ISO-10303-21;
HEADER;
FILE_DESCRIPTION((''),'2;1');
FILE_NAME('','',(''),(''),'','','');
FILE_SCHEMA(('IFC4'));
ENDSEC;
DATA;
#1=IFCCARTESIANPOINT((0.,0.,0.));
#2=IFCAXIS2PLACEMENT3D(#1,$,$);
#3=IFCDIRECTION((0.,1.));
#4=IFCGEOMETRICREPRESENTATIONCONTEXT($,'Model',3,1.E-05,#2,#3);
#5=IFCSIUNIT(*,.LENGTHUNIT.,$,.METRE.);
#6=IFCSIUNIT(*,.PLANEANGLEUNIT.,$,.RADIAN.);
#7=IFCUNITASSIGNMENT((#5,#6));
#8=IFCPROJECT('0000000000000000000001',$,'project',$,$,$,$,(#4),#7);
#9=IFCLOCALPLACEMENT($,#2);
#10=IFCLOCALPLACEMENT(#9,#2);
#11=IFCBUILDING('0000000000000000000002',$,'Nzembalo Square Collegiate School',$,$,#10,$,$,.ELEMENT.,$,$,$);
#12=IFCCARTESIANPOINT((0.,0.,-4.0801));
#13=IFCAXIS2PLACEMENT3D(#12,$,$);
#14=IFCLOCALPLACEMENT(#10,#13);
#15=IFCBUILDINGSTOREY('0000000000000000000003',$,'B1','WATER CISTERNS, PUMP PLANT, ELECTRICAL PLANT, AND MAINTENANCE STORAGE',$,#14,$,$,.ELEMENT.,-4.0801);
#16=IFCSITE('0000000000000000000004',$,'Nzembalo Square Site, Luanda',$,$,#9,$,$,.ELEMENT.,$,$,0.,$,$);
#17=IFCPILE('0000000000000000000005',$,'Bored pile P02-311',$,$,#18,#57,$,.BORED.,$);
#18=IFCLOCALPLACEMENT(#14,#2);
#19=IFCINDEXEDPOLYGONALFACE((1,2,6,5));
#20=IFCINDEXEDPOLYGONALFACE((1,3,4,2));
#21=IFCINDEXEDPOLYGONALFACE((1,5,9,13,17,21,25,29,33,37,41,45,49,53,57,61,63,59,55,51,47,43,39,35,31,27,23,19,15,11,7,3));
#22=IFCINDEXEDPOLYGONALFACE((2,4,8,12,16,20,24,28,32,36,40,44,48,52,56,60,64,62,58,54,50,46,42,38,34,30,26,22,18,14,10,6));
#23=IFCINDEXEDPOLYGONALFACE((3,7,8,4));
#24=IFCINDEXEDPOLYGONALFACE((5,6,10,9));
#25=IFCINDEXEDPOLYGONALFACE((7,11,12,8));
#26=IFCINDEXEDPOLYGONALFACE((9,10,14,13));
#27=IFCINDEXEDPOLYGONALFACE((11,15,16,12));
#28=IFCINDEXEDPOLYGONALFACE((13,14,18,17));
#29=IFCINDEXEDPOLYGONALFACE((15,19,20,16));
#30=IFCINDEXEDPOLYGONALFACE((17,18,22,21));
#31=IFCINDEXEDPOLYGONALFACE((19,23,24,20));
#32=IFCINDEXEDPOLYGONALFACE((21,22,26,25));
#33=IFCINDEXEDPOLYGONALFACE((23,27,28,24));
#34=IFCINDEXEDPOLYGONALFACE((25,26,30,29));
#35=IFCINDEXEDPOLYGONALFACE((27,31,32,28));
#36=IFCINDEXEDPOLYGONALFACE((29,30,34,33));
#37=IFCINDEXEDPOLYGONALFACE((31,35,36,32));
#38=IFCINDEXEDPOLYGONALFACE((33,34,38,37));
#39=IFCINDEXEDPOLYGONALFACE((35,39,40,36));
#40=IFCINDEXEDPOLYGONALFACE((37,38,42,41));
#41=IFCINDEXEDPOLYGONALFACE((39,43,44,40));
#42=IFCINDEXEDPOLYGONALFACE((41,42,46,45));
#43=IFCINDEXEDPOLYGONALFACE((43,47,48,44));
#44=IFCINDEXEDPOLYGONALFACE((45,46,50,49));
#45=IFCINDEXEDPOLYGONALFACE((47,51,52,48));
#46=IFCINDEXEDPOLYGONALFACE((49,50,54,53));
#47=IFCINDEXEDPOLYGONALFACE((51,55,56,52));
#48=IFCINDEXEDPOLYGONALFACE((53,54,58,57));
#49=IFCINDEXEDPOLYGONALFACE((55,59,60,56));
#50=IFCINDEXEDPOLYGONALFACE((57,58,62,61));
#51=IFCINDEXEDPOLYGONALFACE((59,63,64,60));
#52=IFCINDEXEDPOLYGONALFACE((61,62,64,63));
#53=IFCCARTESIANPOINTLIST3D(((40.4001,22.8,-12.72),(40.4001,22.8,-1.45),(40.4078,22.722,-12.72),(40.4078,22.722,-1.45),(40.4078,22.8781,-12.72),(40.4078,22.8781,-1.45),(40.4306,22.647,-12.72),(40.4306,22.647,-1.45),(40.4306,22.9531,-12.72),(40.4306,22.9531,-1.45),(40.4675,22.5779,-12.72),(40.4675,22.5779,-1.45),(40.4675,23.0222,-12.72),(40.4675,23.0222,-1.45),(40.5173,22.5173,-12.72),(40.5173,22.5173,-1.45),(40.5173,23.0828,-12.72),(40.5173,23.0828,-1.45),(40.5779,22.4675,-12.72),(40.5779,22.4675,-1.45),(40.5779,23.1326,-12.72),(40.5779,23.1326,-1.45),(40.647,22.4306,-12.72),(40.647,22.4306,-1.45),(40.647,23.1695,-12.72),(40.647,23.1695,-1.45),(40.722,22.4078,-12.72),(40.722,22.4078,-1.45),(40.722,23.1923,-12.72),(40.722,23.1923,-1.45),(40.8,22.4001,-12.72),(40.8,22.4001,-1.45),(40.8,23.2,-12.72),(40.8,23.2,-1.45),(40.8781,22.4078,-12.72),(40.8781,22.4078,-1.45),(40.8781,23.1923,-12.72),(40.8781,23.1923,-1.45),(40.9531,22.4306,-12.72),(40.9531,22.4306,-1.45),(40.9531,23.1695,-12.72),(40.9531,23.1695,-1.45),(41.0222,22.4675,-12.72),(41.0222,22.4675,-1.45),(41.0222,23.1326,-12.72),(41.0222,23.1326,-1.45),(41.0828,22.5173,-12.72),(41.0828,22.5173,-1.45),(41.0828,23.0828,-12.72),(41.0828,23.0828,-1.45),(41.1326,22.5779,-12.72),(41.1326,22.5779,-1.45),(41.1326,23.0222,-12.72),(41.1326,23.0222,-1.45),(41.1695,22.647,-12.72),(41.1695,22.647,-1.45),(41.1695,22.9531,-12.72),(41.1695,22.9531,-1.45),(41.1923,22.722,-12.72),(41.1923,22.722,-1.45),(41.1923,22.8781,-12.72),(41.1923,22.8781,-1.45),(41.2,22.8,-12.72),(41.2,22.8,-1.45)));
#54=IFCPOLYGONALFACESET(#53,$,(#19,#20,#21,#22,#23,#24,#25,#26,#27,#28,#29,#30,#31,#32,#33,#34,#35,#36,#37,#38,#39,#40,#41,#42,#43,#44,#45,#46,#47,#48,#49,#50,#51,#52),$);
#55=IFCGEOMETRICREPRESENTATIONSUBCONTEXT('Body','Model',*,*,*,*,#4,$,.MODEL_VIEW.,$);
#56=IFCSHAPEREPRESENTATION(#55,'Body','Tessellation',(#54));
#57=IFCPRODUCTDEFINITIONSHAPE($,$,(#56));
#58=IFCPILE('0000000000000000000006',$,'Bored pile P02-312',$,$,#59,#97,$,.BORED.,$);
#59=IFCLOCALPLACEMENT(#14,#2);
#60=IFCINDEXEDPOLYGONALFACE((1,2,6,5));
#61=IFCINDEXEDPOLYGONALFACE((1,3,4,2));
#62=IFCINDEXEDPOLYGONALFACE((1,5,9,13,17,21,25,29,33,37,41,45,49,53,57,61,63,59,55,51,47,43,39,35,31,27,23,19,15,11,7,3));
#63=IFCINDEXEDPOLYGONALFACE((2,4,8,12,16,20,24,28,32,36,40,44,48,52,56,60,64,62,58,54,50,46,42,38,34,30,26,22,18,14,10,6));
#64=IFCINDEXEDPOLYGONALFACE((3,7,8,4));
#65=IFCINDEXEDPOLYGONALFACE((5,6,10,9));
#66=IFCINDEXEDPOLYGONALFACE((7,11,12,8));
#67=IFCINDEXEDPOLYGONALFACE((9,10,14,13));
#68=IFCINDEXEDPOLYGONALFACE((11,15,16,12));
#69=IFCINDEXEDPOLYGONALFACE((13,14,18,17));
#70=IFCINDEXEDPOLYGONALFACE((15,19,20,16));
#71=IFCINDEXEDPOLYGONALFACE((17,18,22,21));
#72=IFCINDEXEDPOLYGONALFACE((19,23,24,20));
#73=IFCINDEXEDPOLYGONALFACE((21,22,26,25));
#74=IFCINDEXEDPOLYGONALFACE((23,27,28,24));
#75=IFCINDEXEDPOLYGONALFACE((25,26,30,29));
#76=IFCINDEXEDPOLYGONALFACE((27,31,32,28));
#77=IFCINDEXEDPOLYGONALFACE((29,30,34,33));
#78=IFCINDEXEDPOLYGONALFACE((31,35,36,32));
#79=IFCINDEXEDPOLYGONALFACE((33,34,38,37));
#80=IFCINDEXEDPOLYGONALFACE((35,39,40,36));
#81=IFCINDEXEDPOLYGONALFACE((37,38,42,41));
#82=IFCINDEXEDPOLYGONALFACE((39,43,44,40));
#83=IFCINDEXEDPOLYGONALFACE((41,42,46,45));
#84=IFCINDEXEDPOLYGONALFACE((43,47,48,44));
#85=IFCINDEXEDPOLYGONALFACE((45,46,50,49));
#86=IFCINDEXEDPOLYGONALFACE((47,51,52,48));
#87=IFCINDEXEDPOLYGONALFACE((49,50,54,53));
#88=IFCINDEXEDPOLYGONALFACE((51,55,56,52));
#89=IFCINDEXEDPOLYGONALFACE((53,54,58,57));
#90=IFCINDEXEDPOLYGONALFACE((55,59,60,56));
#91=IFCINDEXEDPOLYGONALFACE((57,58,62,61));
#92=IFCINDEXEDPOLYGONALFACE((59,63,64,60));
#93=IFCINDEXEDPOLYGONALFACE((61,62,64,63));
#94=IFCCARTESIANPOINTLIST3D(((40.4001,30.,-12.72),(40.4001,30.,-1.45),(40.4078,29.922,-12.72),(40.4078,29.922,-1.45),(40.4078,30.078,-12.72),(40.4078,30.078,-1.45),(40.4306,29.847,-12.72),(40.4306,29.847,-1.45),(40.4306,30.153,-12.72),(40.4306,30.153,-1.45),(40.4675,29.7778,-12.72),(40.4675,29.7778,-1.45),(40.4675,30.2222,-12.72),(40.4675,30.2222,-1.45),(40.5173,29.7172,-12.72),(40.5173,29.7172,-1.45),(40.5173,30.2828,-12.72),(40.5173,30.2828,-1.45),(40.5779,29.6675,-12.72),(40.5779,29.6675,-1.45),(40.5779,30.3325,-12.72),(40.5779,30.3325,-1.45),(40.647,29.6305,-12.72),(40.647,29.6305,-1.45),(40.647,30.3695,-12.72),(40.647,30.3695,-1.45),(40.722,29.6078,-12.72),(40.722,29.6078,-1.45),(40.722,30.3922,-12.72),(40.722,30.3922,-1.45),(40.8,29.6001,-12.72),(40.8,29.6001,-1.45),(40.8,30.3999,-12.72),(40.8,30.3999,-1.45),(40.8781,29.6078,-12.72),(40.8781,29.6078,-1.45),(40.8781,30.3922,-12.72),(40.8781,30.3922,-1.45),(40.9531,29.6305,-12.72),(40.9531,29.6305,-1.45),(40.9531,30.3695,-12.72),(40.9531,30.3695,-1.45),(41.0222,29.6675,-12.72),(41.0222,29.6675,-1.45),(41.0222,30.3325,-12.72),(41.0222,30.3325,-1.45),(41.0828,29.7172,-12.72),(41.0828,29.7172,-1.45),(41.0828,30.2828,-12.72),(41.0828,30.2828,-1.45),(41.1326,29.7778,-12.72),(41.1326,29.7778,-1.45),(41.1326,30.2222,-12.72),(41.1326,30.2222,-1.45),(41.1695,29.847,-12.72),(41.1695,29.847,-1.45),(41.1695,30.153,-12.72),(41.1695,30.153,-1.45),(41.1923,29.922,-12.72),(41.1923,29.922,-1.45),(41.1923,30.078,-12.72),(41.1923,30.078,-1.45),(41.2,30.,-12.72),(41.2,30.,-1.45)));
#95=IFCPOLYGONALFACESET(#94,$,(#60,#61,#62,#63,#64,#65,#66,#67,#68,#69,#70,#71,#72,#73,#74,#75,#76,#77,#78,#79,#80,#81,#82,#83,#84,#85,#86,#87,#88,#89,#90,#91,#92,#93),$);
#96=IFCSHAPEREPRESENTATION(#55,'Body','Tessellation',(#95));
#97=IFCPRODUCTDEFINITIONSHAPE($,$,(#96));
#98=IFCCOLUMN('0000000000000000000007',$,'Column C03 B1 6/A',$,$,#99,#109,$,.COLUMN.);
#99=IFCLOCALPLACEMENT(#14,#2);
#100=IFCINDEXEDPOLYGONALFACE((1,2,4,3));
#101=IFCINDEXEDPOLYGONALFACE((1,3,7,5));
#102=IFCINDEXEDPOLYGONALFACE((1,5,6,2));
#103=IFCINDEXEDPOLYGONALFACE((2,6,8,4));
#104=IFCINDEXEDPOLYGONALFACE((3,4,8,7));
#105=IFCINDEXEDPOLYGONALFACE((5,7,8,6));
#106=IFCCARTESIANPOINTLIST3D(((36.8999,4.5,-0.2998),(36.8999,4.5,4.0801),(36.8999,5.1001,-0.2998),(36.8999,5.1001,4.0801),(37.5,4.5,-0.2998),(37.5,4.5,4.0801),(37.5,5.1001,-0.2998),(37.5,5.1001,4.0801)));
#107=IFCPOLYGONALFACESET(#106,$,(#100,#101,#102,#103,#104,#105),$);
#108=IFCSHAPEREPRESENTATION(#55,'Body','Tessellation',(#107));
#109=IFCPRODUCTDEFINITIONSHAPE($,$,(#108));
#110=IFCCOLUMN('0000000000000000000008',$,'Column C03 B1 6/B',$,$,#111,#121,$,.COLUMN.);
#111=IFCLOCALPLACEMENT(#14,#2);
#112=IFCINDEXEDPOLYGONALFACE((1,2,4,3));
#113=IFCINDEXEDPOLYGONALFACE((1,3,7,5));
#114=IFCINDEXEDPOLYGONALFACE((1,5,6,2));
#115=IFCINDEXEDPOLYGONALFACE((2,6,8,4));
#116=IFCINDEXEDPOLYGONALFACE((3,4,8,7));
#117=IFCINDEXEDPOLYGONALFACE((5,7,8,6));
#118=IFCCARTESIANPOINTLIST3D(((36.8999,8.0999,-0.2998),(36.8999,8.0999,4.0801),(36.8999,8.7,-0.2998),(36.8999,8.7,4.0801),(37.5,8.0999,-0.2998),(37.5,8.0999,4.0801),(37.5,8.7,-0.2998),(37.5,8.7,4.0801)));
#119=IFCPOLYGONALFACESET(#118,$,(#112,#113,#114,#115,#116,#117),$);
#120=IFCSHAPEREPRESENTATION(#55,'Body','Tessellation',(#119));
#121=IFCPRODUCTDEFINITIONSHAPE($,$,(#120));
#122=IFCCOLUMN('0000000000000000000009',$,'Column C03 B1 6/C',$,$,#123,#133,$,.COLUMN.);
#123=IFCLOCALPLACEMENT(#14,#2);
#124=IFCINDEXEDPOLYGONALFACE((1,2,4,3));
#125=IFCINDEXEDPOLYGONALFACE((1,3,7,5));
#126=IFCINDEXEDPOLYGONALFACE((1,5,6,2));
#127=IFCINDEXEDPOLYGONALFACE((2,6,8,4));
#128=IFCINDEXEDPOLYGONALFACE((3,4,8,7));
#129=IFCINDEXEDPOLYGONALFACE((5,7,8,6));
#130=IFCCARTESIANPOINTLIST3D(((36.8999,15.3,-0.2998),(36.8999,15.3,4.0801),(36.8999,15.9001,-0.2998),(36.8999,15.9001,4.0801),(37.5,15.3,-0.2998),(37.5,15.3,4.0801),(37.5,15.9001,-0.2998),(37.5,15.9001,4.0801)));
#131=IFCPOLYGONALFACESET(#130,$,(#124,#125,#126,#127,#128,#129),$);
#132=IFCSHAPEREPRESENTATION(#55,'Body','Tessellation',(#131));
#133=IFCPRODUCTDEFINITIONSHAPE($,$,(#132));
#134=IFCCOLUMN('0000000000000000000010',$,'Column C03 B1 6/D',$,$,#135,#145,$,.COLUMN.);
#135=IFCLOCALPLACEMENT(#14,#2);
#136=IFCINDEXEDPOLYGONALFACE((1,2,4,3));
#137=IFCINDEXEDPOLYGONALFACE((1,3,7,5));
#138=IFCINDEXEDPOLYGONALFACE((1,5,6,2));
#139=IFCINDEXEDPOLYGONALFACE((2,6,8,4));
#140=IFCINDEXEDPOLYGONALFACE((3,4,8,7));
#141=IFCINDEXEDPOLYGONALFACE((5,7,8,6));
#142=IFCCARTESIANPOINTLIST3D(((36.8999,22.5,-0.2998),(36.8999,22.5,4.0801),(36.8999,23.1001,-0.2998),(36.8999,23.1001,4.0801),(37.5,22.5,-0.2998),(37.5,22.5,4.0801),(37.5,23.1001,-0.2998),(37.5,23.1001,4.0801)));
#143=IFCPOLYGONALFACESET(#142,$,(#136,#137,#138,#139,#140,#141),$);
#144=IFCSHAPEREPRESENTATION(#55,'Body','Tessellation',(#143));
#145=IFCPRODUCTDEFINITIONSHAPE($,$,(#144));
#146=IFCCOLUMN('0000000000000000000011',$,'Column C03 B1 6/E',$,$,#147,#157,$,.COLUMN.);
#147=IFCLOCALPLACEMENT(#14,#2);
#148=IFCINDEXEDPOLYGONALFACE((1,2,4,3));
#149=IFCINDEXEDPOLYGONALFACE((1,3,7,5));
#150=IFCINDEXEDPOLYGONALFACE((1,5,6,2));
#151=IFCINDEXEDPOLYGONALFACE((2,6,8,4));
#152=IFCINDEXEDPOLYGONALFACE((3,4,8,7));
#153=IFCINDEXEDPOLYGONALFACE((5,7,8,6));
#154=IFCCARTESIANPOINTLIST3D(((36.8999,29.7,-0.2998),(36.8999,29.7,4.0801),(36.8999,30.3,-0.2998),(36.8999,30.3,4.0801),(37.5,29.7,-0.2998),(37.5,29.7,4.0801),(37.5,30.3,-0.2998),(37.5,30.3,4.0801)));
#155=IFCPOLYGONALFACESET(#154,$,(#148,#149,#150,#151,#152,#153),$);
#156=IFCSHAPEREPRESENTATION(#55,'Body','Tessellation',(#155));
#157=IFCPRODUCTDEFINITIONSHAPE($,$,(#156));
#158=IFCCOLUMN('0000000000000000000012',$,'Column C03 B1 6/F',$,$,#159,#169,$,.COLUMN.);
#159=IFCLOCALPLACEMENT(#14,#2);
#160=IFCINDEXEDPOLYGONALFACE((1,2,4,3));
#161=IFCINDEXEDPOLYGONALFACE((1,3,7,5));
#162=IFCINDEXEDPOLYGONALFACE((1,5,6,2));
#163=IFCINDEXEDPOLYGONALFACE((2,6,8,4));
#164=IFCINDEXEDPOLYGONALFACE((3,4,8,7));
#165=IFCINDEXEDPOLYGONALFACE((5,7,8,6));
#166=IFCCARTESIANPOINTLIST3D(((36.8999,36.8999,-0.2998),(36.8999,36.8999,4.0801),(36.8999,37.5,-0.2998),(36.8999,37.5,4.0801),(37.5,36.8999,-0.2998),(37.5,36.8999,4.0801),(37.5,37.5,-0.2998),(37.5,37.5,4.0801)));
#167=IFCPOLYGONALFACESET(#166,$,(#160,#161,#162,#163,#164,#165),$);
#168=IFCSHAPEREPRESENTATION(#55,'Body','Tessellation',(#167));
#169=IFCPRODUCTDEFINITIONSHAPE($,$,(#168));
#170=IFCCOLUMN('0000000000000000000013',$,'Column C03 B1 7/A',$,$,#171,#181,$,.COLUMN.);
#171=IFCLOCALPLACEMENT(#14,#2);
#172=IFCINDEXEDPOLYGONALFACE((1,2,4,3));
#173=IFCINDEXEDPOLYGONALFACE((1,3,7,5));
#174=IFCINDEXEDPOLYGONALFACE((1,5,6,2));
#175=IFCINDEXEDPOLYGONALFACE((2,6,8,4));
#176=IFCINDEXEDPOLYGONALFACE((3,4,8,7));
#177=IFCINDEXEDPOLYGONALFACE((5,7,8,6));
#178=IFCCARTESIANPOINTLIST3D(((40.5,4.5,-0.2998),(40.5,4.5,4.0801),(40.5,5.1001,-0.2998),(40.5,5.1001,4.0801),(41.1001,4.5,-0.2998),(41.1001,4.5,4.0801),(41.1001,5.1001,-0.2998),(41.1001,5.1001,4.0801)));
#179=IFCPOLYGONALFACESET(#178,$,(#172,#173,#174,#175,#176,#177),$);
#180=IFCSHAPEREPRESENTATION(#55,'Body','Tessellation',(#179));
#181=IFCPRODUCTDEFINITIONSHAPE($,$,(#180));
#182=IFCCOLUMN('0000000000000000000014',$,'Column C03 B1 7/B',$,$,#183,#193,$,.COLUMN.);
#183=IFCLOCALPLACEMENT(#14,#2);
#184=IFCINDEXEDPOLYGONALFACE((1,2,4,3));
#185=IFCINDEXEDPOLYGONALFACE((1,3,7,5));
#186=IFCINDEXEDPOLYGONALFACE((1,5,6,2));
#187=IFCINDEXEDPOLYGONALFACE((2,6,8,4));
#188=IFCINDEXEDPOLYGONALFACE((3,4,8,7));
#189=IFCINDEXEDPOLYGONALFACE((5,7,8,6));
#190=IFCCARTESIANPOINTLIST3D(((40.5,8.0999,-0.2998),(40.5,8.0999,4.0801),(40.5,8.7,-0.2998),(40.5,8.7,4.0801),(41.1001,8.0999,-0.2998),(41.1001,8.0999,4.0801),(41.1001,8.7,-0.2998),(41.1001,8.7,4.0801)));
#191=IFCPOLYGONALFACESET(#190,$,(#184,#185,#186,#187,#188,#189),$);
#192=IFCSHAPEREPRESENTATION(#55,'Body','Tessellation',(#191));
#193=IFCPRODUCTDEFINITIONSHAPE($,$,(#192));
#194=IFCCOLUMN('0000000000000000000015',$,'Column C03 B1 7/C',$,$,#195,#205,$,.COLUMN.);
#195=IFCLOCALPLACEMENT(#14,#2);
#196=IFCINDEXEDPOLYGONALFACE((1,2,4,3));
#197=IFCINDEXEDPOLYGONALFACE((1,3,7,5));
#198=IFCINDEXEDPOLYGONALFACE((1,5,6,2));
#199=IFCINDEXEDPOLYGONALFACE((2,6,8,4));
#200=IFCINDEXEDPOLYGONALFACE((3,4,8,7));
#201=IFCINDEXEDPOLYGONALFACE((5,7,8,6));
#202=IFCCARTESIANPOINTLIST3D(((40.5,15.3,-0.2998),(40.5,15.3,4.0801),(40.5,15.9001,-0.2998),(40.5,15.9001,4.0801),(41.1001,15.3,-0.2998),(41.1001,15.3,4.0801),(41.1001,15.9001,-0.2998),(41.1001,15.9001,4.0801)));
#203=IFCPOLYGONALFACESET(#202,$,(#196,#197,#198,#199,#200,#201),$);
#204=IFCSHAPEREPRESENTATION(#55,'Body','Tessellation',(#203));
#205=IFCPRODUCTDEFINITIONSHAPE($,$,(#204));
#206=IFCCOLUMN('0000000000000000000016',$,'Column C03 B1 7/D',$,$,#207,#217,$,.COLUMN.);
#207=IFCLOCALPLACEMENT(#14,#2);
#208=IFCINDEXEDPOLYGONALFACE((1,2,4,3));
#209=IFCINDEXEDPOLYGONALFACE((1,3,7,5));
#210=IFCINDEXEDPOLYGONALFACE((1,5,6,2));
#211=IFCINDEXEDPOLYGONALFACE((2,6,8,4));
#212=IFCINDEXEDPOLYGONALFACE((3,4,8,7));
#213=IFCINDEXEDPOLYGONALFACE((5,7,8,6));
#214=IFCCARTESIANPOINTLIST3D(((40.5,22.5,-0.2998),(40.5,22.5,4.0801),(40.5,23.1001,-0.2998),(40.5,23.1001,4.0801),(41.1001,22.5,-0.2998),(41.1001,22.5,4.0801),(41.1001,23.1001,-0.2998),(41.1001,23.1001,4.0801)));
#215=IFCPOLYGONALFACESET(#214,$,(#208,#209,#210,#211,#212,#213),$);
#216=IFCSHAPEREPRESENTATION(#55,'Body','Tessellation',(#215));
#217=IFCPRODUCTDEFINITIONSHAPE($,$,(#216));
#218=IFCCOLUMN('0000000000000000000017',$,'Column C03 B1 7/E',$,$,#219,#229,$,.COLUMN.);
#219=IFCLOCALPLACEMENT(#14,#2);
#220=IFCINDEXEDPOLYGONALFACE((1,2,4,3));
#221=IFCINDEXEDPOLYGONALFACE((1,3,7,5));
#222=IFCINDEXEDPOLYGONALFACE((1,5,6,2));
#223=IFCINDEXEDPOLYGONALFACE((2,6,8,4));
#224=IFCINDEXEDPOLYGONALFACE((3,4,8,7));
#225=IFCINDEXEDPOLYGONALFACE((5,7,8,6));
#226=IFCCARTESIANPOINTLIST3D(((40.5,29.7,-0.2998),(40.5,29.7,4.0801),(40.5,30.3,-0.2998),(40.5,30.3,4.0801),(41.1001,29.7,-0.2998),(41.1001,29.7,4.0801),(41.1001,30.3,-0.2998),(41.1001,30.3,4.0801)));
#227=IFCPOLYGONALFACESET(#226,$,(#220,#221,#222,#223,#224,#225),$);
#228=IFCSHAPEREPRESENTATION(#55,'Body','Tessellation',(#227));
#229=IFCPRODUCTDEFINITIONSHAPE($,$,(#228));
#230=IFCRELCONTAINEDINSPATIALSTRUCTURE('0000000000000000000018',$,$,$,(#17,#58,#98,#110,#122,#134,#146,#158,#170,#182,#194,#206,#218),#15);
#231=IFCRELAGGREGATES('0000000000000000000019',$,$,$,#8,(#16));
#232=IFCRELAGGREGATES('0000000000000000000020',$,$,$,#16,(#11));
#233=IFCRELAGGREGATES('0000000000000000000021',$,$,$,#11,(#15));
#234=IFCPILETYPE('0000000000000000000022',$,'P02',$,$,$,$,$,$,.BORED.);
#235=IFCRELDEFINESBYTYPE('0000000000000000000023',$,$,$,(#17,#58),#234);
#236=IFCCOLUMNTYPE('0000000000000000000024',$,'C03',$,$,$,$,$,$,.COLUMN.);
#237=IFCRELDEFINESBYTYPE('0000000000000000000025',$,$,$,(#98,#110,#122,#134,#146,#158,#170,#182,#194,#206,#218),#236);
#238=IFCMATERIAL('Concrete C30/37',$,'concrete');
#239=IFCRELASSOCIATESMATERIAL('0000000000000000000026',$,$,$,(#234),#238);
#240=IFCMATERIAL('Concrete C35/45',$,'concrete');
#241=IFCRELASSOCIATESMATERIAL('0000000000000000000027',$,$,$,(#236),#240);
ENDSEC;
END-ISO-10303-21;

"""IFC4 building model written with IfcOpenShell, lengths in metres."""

from ifc_helpers import new_model, si_unit, direction, frame, origin, origin_2d, place, context, subcontext, project, spatial, rectangle, circle, extrude, material, material_profile, profile_set, type_object, element, save


model = new_model("IFC4")

# Units and contexts
model_context = context("Model", 3, precision=1e-05, world=origin(), true_north=direction((0.0, 1.0)))
body_context = subcontext(model_context, "Body", "Model", "MODEL_VIEW")
ifc_project = project(units=[si_unit("LENGTHUNIT", "METRE"), si_unit("PLANEANGLEUNIT", "RADIAN")], contexts=[model_context])

# Site, building, storey
site_placement = place(None, origin())
site = spatial("IfcSite", under=ifc_project, at=site_placement, Name="Nzembalo Square Site, Luanda", CompositionType="ELEMENT", RefElevation=0.0)
building_placement = place(site_placement, origin())
building = spatial("IfcBuilding", under=site, at=building_placement, Name="Nzembalo Square Collegiate School", CompositionType="ELEMENT")
storey_placement = place(building_placement, frame((0.0, 0.0, -4.0801)))
storey = spatial("IfcBuildingStorey", under=building, at=storey_placement, Name="B1", Description="WATER CISTERNS, PUMP PLANT, ELECTRICAL PLANT, AND MAINTENANCE STORAGE", CompositionType="ELEMENT", Elevation=-4.0801)

# Piles
ifc_material_1 = material(Name="Concrete C30/37", Category="concrete")
ifc_material_profile_1 = material_profile(ifc_material_1, circle(Radius=0.3999, at=origin_2d()), Name="PILE D800")
ifc_profile_set_1 = profile_set([ifc_material_profile_1], Name="Concrete C30/37")
pile_type = type_object("IfcPileType", Name="P02", PredefinedType="BORED", material=ifc_profile_set_1)
for number, where, z_axis, x_axis, name in (
    (1, (40.8, 22.8, -1.45), (0.0, 0.0, -1.0), (1.0, 0.0, 0.0), "Bored pile P02-311"),
    (2, (40.8, 30.0, -1.45), (0.0, 0.0, -1.0), (1.0, 0.0, 0.0), "Bored pile P02-312"),
):
    element("IfcPile", number, at=place(storey_placement, frame(where, z_axis=z_axis, x_axis=x_axis)), inside=storey, type_object=pile_type, Name=name, PredefinedType="BORED", context=body_context, shape_type="SweptSolid", body=[
        extrude(circle(Radius=0.3999, at=origin_2d()), origin(), (0.0, 0.0, 1.0), 11.27),
    ])

# Columns
ifc_material_2 = material(Name="Concrete C35/45", Category="concrete")
ifc_material_profile_2 = material_profile(ifc_material_2, rectangle(XDim=0.6001, YDim=0.6001, at=origin_2d()), Name="RC 600x600")
ifc_profile_set_2 = profile_set([ifc_material_profile_2], Name="Concrete C35/45")
column_type = type_object("IfcColumnType", Name="C03", PredefinedType="COLUMN", material=ifc_profile_set_2)
for number, where, z_axis, x_axis, name in (
    (3, (37.2, 4.8, -0.2998), (0.0, 0.0, 1.0), (1.0, 0.0, 0.0), "Column C03 B1 6/A"),
    (4, (37.2, 8.3999, -0.2998), (0.0, 0.0, 1.0), (1.0, 0.0, 0.0), "Column C03 B1 6/B"),
    (5, (37.2, 15.6001, -0.2998), (0.0, 0.0, 1.0), (1.0, 0.0, 0.0), "Column C03 B1 6/C"),
    (6, (37.2, 22.8, -0.2998), (0.0, 0.0, 1.0), (1.0, 0.0, 0.0), "Column C03 B1 6/D"),
    (7, (37.2, 30.0, -0.2998), (0.0, 0.0, 1.0), (1.0, 0.0, 0.0), "Column C03 B1 6/E"),
    (8, (37.2, 37.2, -0.2998), (0.0, 0.0, 1.0), (1.0, 0.0, 0.0), "Column C03 B1 6/F"),
    (9, (40.8, 4.8, -0.2998), (0.0, 0.0, 1.0), (1.0, 0.0, 0.0), "Column C03 B1 7/A"),
    (10, (40.8, 8.3999, -0.2998), (0.0, 0.0, 1.0), (1.0, 0.0, 0.0), "Column C03 B1 7/B"),
    (11, (40.8, 15.6001, -0.2998), (0.0, 0.0, 1.0), (1.0, 0.0, 0.0), "Column C03 B1 7/C"),
    (12, (40.8, 22.8, -0.2998), (0.0, 0.0, 1.0), (1.0, 0.0, 0.0), "Column C03 B1 7/D"),
    (13, (40.8, 30.0, -0.2998), (0.0, 0.0, 1.0), (1.0, 0.0, 0.0), "Column C03 B1 7/E"),
):
    element("IfcColumn", number, at=place(storey_placement, frame(where, z_axis=z_axis, x_axis=x_axis)), inside=storey, type_object=column_type, Name=name, PredefinedType="COLUMN", context=body_context, shape_type="SweptSolid", body=[
        extrude(rectangle(XDim=0.6001, YDim=0.6001, at=origin_2d()), origin(), (0.0, 0.0, 1.0), 4.3799),
    ])

save(model, "model.ifc")
